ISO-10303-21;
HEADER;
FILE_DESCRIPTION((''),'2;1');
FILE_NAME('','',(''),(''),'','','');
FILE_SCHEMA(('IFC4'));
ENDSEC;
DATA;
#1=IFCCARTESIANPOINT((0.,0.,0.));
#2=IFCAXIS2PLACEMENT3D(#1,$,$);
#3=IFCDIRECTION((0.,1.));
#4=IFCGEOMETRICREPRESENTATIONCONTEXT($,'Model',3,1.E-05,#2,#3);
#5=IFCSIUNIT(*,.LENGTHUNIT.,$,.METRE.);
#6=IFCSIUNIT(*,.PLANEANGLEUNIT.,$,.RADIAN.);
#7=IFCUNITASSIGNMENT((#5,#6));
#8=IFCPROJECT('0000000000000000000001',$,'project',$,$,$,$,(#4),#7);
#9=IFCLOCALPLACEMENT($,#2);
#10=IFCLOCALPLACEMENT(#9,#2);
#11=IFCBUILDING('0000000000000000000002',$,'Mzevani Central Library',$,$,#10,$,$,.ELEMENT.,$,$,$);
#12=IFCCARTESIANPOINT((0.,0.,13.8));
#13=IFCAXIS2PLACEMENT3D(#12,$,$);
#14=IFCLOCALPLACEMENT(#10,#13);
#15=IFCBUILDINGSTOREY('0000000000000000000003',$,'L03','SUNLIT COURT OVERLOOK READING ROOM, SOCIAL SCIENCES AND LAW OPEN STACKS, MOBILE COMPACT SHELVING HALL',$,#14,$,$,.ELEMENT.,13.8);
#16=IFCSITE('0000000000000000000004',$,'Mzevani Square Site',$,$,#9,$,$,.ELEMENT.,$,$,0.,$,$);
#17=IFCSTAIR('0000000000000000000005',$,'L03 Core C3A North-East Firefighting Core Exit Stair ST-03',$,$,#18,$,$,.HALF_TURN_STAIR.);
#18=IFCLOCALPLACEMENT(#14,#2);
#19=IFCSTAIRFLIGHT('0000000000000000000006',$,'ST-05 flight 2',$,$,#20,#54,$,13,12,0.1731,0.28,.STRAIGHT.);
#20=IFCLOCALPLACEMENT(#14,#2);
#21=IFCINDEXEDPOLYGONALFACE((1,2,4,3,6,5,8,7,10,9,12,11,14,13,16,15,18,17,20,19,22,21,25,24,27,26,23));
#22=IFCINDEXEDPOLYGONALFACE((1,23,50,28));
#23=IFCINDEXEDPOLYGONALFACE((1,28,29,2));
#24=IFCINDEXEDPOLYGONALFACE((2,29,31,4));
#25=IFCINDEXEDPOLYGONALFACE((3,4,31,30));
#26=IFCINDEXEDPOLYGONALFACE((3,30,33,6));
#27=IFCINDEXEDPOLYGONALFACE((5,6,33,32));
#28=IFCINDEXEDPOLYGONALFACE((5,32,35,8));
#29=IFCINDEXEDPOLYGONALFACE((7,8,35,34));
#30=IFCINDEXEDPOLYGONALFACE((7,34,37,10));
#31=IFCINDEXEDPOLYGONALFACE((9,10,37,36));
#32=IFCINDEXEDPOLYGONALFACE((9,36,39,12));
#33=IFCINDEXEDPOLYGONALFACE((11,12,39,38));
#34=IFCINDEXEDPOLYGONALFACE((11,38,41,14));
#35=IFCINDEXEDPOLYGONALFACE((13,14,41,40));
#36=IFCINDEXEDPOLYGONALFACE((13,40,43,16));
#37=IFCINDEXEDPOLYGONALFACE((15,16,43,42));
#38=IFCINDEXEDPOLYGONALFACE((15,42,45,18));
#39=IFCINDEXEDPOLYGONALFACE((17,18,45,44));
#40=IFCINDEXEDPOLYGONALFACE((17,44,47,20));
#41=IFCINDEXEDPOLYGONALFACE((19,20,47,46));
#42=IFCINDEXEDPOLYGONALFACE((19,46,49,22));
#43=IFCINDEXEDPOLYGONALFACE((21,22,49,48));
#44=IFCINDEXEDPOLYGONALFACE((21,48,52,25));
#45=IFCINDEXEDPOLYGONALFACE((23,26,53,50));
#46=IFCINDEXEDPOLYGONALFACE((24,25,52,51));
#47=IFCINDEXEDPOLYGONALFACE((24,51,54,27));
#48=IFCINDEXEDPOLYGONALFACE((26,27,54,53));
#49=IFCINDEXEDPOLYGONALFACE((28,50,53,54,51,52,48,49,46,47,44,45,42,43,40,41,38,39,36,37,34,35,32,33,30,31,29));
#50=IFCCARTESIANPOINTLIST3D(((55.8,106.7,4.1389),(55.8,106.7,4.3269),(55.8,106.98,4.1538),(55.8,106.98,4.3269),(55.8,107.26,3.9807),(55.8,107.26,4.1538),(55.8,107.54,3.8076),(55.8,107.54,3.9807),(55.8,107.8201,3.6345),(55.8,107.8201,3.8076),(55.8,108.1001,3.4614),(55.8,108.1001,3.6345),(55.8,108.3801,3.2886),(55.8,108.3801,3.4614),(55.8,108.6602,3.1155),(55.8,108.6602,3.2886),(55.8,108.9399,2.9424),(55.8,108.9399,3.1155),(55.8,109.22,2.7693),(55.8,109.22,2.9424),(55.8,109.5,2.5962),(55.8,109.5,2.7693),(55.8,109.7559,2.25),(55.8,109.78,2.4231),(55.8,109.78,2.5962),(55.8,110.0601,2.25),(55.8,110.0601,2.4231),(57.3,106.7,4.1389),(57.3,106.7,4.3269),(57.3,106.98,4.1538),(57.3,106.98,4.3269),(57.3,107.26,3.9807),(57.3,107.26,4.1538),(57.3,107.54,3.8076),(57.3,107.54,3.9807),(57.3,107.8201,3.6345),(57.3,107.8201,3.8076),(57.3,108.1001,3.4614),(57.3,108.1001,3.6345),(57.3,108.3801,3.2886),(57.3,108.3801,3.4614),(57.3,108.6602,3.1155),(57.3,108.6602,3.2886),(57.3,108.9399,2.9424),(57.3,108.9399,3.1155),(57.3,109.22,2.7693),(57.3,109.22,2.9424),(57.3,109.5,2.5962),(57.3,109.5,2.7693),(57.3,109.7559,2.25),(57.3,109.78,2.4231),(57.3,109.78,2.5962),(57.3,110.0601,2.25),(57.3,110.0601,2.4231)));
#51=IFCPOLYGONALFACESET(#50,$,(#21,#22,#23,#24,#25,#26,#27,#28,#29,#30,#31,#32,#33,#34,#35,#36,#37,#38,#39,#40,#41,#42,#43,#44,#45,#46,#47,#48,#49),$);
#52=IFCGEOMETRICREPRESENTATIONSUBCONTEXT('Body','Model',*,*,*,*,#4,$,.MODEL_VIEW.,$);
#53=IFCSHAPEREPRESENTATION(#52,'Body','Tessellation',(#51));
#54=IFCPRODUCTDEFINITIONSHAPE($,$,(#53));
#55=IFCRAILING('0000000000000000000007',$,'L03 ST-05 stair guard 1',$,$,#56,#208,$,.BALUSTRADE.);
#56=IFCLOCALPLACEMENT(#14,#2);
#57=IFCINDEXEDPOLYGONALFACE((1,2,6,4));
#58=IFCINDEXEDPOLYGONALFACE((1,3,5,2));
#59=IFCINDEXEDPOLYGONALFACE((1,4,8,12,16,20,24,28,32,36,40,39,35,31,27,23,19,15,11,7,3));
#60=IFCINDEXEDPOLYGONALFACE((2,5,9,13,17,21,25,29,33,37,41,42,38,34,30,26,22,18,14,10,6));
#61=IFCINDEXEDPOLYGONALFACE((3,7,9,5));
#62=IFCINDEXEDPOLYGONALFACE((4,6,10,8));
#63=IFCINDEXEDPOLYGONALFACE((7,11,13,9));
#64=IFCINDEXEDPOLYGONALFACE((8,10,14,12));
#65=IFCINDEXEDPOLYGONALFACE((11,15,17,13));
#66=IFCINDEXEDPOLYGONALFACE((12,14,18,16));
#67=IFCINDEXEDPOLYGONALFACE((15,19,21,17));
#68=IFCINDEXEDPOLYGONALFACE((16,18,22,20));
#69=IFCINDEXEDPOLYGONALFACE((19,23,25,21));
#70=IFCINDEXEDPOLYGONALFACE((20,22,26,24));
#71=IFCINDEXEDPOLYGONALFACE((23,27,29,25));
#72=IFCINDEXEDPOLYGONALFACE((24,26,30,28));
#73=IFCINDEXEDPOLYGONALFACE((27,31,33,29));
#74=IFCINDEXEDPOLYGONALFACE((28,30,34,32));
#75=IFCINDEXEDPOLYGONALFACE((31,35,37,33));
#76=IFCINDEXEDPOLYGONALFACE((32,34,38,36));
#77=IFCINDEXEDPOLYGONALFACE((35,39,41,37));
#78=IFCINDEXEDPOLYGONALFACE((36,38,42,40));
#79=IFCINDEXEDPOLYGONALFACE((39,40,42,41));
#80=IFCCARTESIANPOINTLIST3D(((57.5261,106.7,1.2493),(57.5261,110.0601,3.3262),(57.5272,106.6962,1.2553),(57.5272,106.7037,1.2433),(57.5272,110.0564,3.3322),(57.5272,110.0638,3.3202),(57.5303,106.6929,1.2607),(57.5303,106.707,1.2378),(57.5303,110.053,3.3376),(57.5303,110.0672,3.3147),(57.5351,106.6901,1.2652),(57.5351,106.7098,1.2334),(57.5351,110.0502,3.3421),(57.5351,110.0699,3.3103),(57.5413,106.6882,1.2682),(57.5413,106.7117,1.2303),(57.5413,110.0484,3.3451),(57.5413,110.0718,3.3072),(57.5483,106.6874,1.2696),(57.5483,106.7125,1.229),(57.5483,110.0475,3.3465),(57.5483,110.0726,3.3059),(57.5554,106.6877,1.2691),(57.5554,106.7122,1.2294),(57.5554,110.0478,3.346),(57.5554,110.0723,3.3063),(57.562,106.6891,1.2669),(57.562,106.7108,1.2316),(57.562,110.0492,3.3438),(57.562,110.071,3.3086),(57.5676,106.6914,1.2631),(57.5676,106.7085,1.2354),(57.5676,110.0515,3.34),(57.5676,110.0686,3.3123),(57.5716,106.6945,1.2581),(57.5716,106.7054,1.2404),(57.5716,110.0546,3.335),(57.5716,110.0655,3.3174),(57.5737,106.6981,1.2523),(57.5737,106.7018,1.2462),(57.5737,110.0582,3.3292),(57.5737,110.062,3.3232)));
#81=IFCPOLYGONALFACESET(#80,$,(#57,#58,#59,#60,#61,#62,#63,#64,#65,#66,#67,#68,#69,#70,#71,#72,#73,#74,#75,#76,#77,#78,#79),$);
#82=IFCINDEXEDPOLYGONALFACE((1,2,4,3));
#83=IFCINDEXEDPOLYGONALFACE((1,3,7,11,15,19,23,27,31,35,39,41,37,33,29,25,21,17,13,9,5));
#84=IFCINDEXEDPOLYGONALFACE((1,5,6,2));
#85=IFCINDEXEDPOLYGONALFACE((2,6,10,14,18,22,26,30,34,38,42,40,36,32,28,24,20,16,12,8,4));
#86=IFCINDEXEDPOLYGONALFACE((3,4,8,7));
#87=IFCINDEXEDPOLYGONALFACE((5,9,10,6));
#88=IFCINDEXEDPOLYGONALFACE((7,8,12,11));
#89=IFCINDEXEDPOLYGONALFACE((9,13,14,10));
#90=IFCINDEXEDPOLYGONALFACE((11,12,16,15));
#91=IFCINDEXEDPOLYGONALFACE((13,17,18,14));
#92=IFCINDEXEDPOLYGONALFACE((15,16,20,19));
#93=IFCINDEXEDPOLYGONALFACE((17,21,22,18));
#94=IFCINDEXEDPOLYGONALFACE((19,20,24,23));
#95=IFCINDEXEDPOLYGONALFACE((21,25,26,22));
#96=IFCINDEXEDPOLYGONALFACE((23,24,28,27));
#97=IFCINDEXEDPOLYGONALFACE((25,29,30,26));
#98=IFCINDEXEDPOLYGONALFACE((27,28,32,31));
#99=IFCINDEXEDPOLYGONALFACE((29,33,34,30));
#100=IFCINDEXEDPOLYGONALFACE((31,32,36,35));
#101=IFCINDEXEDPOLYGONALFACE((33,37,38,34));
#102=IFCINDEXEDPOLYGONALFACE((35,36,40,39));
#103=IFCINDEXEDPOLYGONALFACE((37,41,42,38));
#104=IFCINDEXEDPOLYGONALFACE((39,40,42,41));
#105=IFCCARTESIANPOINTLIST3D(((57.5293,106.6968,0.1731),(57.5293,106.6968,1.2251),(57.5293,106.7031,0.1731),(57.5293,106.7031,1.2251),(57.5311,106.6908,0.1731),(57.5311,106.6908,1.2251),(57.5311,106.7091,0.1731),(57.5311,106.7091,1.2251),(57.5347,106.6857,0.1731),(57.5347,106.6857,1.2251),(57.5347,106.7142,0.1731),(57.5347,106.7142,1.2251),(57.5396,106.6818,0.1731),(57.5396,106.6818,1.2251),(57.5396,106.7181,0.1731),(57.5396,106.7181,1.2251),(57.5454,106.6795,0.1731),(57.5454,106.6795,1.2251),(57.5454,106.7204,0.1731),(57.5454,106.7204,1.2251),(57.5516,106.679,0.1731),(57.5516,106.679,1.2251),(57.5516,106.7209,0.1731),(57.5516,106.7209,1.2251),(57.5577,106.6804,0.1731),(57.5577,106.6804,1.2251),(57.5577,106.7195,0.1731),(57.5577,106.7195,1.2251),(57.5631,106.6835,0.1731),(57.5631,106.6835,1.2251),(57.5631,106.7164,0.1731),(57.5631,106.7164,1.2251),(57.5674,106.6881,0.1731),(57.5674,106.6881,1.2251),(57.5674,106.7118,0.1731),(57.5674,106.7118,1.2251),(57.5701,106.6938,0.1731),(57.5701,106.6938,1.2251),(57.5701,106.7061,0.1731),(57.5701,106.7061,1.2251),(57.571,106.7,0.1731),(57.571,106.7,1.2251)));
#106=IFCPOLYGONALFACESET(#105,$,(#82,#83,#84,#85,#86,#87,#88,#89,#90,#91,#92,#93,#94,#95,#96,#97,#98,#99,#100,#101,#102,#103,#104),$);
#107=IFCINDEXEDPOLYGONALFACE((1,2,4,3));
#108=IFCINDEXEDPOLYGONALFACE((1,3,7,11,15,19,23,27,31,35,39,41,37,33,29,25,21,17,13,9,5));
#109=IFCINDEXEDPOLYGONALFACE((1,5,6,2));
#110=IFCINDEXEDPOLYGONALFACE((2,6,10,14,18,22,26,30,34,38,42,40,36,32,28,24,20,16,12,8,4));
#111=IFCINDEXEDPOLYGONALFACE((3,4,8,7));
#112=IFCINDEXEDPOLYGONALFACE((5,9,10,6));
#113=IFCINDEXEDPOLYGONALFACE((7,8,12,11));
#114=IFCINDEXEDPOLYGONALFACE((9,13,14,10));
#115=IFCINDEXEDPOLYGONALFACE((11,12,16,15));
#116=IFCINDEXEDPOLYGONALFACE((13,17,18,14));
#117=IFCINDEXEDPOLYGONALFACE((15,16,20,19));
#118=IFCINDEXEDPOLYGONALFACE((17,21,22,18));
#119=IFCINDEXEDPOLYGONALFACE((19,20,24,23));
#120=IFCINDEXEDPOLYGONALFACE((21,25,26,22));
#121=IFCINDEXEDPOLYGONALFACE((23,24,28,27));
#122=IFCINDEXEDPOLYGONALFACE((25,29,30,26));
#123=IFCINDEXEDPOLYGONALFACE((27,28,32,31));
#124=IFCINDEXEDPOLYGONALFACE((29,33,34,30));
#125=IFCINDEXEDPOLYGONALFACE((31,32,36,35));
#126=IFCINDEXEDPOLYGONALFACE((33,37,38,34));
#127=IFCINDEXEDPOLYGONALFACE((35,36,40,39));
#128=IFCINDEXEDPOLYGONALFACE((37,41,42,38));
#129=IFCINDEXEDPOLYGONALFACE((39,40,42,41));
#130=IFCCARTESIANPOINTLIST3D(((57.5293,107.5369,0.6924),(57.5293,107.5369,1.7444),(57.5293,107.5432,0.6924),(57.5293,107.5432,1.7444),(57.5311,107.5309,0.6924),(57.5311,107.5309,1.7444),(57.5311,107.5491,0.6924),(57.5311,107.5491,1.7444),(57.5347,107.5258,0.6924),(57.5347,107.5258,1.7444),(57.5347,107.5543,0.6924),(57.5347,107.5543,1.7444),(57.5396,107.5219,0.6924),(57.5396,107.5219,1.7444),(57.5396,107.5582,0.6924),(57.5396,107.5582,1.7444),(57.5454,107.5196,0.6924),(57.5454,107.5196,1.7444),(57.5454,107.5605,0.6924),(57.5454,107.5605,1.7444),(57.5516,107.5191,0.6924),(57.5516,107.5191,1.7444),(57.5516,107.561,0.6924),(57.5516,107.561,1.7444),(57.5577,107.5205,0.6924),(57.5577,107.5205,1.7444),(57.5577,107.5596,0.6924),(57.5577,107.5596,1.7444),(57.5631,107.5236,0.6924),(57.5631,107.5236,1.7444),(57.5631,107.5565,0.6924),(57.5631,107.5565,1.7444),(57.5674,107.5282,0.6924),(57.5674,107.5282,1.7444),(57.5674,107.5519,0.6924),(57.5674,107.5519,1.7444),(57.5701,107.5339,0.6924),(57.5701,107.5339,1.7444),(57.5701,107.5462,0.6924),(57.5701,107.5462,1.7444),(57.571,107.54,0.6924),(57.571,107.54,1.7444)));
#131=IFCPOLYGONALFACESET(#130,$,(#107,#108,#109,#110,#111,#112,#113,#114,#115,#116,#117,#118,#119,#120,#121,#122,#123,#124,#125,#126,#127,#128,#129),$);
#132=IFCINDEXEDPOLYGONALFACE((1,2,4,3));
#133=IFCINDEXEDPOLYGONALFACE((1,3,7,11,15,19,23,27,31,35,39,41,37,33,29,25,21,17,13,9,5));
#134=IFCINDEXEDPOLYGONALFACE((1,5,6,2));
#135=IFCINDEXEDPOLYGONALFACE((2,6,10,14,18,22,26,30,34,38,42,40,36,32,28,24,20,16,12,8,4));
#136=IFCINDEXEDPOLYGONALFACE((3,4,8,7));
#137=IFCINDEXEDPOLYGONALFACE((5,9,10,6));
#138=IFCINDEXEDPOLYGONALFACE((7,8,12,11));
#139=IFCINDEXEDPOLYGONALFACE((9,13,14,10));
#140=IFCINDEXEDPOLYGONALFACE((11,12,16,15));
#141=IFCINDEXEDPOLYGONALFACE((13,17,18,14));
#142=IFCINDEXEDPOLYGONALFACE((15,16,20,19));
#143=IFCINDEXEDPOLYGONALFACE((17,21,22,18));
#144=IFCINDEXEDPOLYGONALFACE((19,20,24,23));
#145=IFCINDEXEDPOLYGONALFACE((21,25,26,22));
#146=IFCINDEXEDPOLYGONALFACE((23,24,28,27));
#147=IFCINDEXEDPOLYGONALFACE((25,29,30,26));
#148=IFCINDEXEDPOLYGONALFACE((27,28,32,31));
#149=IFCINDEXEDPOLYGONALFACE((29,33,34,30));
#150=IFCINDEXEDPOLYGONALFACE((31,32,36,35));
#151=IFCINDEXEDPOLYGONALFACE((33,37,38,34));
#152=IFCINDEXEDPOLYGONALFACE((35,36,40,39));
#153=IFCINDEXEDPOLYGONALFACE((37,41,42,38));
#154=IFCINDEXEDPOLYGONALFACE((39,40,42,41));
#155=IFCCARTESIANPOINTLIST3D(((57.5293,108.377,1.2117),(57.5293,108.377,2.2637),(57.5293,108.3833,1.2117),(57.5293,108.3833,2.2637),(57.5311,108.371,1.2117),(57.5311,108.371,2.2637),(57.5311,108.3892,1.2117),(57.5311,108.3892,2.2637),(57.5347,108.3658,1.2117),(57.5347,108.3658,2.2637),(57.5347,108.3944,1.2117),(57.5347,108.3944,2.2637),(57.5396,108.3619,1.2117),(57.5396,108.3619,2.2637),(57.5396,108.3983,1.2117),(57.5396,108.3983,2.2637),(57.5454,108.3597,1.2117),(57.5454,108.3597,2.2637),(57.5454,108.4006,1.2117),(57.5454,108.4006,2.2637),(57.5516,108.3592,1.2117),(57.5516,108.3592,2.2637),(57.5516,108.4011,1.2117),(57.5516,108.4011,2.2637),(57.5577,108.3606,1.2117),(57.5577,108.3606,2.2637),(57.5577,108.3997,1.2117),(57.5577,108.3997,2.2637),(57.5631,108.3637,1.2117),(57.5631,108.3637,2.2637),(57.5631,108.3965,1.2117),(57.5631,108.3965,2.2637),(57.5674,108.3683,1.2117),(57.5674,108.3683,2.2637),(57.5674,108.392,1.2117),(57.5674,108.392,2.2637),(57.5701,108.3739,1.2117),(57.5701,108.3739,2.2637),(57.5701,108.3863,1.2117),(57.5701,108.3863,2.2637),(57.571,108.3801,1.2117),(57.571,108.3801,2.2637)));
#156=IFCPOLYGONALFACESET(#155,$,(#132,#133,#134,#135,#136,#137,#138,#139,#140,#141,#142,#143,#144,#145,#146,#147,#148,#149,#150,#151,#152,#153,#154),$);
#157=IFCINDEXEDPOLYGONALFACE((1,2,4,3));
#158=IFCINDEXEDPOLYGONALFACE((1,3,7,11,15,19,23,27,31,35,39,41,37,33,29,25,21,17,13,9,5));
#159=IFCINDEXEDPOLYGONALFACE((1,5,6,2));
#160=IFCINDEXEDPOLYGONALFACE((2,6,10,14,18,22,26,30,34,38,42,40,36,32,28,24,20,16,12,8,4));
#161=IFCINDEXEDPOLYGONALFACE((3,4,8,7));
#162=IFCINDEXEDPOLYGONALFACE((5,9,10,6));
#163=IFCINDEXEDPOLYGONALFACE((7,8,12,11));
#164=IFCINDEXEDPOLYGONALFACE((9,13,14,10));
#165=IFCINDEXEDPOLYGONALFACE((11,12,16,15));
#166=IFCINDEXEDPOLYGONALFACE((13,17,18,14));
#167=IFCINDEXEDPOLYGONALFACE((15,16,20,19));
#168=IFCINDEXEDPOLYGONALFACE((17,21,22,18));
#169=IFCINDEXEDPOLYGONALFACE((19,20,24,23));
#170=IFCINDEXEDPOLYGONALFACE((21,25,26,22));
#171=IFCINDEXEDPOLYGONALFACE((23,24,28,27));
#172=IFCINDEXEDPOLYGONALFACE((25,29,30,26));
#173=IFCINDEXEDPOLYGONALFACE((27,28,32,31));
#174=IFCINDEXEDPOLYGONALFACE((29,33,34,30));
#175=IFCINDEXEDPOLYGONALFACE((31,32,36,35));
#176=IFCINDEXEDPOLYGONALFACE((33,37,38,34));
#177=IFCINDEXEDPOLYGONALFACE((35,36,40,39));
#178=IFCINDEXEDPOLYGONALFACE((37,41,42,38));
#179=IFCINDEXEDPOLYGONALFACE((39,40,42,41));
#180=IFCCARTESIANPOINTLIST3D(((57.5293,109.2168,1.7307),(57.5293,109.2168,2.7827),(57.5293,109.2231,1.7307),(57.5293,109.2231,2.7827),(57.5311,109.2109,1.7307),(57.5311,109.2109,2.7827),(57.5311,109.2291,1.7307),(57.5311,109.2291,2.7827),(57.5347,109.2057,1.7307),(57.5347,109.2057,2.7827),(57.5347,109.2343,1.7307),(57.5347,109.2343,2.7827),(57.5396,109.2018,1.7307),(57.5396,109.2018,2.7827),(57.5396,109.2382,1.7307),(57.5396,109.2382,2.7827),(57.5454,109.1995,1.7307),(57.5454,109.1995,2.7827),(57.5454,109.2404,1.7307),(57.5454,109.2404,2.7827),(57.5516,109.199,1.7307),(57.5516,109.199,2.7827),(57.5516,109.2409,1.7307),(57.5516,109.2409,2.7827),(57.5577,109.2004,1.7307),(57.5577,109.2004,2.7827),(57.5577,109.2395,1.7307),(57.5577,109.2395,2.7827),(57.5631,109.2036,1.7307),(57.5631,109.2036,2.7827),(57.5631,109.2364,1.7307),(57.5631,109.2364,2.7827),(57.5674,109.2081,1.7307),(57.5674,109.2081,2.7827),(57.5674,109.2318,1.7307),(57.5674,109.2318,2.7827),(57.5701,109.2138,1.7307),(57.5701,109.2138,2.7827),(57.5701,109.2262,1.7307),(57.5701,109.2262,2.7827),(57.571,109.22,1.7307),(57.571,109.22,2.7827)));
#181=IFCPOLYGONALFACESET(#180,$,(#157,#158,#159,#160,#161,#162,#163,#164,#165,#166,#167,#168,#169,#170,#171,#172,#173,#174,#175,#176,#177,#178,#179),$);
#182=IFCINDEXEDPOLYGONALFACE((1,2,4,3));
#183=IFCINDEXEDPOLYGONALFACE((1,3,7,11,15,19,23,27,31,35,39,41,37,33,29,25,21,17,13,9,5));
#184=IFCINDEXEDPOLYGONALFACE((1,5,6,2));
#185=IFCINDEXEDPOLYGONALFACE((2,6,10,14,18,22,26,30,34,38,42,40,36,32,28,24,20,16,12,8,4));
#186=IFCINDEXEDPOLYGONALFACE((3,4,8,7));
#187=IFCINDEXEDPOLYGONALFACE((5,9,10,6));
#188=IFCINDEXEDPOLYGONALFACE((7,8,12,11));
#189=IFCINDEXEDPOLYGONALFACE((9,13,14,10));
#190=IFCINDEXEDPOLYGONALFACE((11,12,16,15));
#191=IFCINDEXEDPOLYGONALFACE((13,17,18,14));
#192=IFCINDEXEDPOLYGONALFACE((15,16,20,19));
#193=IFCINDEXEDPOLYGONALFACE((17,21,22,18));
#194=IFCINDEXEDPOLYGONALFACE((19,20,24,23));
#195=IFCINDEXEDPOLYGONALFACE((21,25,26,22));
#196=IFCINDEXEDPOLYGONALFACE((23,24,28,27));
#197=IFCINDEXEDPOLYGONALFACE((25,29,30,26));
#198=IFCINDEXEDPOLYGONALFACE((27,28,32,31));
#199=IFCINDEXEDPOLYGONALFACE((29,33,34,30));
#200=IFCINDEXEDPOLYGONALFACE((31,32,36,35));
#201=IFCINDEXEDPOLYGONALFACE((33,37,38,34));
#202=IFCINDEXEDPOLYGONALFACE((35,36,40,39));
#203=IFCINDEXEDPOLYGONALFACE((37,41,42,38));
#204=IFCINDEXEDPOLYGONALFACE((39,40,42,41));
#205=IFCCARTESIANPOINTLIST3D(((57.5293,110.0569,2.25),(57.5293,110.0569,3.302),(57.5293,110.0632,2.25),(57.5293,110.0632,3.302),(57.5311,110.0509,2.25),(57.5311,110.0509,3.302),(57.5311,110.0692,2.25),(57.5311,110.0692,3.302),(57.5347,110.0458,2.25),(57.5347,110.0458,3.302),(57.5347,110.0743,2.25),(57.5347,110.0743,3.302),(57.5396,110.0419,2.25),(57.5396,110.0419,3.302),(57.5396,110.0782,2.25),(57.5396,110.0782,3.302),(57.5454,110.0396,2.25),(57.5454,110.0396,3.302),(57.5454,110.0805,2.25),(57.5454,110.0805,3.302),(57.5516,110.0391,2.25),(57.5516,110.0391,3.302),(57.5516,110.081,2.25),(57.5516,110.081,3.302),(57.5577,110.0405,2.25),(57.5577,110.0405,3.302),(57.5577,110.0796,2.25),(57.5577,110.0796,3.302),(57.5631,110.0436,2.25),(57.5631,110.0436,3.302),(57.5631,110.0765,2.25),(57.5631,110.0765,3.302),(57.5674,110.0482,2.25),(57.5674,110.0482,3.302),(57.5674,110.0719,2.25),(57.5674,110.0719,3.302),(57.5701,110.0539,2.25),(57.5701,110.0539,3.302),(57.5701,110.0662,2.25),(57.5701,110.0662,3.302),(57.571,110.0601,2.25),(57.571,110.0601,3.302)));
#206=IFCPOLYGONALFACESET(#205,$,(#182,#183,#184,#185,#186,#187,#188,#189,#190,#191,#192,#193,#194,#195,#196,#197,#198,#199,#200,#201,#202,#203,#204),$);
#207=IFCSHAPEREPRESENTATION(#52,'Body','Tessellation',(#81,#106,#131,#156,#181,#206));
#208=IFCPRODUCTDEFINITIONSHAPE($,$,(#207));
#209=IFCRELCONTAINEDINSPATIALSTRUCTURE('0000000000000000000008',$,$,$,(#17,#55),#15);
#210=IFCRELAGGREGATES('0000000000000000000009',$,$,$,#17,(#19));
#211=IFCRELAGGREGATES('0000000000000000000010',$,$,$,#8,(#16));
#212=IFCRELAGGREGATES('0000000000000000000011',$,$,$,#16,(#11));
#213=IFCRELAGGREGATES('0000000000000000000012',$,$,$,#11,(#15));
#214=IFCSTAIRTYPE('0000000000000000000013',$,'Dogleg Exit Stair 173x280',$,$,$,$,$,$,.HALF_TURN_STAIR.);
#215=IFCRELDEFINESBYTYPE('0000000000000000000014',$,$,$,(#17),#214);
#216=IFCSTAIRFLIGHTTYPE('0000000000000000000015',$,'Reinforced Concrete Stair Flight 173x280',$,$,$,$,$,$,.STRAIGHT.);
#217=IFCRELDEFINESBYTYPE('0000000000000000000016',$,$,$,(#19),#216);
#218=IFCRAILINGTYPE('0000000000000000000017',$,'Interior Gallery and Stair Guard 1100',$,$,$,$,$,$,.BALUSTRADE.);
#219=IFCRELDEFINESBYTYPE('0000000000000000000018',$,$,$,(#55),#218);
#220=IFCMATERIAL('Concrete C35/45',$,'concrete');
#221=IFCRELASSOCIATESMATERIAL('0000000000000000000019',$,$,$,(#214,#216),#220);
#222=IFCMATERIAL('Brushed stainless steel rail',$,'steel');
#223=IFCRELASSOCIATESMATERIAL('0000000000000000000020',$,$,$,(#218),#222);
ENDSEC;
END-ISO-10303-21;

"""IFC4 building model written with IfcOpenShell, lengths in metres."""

from ifc_helpers import new_model, si_unit, direction, frame, origin, origin_2d, place, context, subcontext, project, spatial, polyline, circle, outline, extrude, material, type_object, element, aggregate, save


model = new_model("IFC4")

# Units and contexts
model_context = context("Model", 3, precision=1e-05, world=origin(), true_north=direction((0.0, 1.0)))
body_context = subcontext(model_context, "Body", "Model", "MODEL_VIEW")
ifc_project = project(units=[si_unit("LENGTHUNIT", "METRE"), si_unit("PLANEANGLEUNIT", "RADIAN")], contexts=[model_context])

# Site, building, storey
site_placement = place(None, origin())
site = spatial("IfcSite", under=ifc_project, at=site_placement, Name="Mzevani Square Site", CompositionType="ELEMENT", RefElevation=0.0)
building_placement = place(site_placement, origin())
building = spatial("IfcBuilding", under=site, at=building_placement, Name="Mzevani Central Library", CompositionType="ELEMENT")
storey_placement = place(building_placement, frame((0.0, 0.0, 13.8)))
storey = spatial("IfcBuildingStorey", under=building, at=storey_placement, Name="L03", Description="SUNLIT COURT OVERLOOK READING ROOM, SOCIAL SCIENCES AND LAW OPEN STACKS, MOBILE COMPACT SHELVING HALL", CompositionType="ELEMENT", Elevation=13.8)

# Shared definitions
ifc_material_1 = material(Name="Concrete C35/45", Category="concrete")

# Stair, stair flight
stair_type = type_object("IfcStairType", Name="Dogleg Exit Stair 173x280", PredefinedType="HALF_TURN_STAIR", material=ifc_material_1)
stair_placement = place(storey_placement, origin())
stair = element("IfcStair", 1, at=stair_placement, inside=storey, type_object=stair_type, Name="L03 Core C3A North-East Firefighting Core Exit Stair ST-03", PredefinedType="HALF_TURN_STAIR")
stair_flight_type = type_object("IfcStairFlightType", Name="Reinforced Concrete Stair Flight 173x280", PredefinedType="STRAIGHT", material=ifc_material_1)
stair_flight_1_placement = place(storey_placement, frame((56.55, 110.0601, 2.25), z_axis=(0.0, 0.0, 1.0), x_axis=(0.0, -1.0, 0.0)))
stair_flight_1 = element("IfcStairFlight", 2, at=stair_flight_1_placement, type_object=stair_flight_type, Name="ST-05 flight 2", NumberOfRisers=13, NumberOfTreads=12, PredefinedType="STRAIGHT", RiserHeight=0.1731, TreadLength=0.28, context=body_context, shape_type="SweptSolid", body=[
    extrude(outline(polyline([(0.0, 0.0), (0.0, 0.1731), (0.28, 0.1731), (0.28, 0.3462), (0.5601, 0.3462), (0.5601, 0.5193), (0.8401, 0.5193), (0.8401, 0.6924), (1.1201, 0.6924), (1.1201, 0.8655), (1.3999, 0.8655), (1.3999, 1.0386), (1.6799, 1.0386), (1.6799, 1.2114), (1.96, 1.2114), (1.96, 1.3845), (2.24, 1.3845), (2.24, 1.5576), (2.52, 1.5576), (2.52, 1.7307), (2.8, 1.7307), (2.8, 1.9038), (3.0801, 1.9038), (3.0801, 2.0769), (3.3601, 2.0769), (3.3601, 2.25), (3.3601, 1.8889), (0.3042, 0.0), (0.0, 0.0)])), frame((0.0, 0.75, 0.0), z_axis=(0.0, -1.0, 0.0), x_axis=(1.0, 0.0, 0.0)), (0.0, 0.0, 1.0), 1.5),
])
aggregate(stair, [stair_flight_1])

# Railing
ifc_material_2 = material(Name="Brushed stainless steel rail", Category="steel")
railing_type_1 = type_object("IfcRailingType", Name="Interior Gallery and Stair Guard 1100", PredefinedType="BALUSTRADE", material=ifc_material_2)
railing_1_placement = place(storey_placement, frame((57.55, 106.7, 0.1731)))
element("IfcRailing", 3, at=railing_1_placement, inside=storey, type_object=railing_type_1, Name="L03 ST-05 stair guard 1", PredefinedType="BALUSTRADE", context=body_context, shape_type="SweptSolid", body=[
    extrude(circle(Radius=0.0239, at=origin_2d()), frame((0.0, 0.0, 1.0762), z_axis=(0.0, 0.850623, 0.525776), x_axis=(-1.0, 0.0, 0.0)), (0.0, 0.0, 1.0), 3.9502),
    extrude(circle(Radius=0.021, at=origin_2d()), origin(), (0.0, 0.0, 1.0), 1.052),
    extrude(circle(Radius=0.021, at=origin_2d()), frame((0.0, 0.8401, 0.5193)), (0.0, 0.0, 1.0), 1.052),
    extrude(circle(Radius=0.021, at=origin_2d()), frame((0.0, 1.6802, 1.0386)), (0.0, 0.0, 1.0), 1.052),
    extrude(circle(Radius=0.021, at=origin_2d()), frame((0.0, 2.52, 1.5576)), (0.0, 0.0, 1.0), 1.052),
    extrude(circle(Radius=0.021, at=origin_2d()), frame((0.0, 3.3601, 2.0769)), (0.0, 0.0, 1.0), 1.052),
])

save(model, "model.ifc")
